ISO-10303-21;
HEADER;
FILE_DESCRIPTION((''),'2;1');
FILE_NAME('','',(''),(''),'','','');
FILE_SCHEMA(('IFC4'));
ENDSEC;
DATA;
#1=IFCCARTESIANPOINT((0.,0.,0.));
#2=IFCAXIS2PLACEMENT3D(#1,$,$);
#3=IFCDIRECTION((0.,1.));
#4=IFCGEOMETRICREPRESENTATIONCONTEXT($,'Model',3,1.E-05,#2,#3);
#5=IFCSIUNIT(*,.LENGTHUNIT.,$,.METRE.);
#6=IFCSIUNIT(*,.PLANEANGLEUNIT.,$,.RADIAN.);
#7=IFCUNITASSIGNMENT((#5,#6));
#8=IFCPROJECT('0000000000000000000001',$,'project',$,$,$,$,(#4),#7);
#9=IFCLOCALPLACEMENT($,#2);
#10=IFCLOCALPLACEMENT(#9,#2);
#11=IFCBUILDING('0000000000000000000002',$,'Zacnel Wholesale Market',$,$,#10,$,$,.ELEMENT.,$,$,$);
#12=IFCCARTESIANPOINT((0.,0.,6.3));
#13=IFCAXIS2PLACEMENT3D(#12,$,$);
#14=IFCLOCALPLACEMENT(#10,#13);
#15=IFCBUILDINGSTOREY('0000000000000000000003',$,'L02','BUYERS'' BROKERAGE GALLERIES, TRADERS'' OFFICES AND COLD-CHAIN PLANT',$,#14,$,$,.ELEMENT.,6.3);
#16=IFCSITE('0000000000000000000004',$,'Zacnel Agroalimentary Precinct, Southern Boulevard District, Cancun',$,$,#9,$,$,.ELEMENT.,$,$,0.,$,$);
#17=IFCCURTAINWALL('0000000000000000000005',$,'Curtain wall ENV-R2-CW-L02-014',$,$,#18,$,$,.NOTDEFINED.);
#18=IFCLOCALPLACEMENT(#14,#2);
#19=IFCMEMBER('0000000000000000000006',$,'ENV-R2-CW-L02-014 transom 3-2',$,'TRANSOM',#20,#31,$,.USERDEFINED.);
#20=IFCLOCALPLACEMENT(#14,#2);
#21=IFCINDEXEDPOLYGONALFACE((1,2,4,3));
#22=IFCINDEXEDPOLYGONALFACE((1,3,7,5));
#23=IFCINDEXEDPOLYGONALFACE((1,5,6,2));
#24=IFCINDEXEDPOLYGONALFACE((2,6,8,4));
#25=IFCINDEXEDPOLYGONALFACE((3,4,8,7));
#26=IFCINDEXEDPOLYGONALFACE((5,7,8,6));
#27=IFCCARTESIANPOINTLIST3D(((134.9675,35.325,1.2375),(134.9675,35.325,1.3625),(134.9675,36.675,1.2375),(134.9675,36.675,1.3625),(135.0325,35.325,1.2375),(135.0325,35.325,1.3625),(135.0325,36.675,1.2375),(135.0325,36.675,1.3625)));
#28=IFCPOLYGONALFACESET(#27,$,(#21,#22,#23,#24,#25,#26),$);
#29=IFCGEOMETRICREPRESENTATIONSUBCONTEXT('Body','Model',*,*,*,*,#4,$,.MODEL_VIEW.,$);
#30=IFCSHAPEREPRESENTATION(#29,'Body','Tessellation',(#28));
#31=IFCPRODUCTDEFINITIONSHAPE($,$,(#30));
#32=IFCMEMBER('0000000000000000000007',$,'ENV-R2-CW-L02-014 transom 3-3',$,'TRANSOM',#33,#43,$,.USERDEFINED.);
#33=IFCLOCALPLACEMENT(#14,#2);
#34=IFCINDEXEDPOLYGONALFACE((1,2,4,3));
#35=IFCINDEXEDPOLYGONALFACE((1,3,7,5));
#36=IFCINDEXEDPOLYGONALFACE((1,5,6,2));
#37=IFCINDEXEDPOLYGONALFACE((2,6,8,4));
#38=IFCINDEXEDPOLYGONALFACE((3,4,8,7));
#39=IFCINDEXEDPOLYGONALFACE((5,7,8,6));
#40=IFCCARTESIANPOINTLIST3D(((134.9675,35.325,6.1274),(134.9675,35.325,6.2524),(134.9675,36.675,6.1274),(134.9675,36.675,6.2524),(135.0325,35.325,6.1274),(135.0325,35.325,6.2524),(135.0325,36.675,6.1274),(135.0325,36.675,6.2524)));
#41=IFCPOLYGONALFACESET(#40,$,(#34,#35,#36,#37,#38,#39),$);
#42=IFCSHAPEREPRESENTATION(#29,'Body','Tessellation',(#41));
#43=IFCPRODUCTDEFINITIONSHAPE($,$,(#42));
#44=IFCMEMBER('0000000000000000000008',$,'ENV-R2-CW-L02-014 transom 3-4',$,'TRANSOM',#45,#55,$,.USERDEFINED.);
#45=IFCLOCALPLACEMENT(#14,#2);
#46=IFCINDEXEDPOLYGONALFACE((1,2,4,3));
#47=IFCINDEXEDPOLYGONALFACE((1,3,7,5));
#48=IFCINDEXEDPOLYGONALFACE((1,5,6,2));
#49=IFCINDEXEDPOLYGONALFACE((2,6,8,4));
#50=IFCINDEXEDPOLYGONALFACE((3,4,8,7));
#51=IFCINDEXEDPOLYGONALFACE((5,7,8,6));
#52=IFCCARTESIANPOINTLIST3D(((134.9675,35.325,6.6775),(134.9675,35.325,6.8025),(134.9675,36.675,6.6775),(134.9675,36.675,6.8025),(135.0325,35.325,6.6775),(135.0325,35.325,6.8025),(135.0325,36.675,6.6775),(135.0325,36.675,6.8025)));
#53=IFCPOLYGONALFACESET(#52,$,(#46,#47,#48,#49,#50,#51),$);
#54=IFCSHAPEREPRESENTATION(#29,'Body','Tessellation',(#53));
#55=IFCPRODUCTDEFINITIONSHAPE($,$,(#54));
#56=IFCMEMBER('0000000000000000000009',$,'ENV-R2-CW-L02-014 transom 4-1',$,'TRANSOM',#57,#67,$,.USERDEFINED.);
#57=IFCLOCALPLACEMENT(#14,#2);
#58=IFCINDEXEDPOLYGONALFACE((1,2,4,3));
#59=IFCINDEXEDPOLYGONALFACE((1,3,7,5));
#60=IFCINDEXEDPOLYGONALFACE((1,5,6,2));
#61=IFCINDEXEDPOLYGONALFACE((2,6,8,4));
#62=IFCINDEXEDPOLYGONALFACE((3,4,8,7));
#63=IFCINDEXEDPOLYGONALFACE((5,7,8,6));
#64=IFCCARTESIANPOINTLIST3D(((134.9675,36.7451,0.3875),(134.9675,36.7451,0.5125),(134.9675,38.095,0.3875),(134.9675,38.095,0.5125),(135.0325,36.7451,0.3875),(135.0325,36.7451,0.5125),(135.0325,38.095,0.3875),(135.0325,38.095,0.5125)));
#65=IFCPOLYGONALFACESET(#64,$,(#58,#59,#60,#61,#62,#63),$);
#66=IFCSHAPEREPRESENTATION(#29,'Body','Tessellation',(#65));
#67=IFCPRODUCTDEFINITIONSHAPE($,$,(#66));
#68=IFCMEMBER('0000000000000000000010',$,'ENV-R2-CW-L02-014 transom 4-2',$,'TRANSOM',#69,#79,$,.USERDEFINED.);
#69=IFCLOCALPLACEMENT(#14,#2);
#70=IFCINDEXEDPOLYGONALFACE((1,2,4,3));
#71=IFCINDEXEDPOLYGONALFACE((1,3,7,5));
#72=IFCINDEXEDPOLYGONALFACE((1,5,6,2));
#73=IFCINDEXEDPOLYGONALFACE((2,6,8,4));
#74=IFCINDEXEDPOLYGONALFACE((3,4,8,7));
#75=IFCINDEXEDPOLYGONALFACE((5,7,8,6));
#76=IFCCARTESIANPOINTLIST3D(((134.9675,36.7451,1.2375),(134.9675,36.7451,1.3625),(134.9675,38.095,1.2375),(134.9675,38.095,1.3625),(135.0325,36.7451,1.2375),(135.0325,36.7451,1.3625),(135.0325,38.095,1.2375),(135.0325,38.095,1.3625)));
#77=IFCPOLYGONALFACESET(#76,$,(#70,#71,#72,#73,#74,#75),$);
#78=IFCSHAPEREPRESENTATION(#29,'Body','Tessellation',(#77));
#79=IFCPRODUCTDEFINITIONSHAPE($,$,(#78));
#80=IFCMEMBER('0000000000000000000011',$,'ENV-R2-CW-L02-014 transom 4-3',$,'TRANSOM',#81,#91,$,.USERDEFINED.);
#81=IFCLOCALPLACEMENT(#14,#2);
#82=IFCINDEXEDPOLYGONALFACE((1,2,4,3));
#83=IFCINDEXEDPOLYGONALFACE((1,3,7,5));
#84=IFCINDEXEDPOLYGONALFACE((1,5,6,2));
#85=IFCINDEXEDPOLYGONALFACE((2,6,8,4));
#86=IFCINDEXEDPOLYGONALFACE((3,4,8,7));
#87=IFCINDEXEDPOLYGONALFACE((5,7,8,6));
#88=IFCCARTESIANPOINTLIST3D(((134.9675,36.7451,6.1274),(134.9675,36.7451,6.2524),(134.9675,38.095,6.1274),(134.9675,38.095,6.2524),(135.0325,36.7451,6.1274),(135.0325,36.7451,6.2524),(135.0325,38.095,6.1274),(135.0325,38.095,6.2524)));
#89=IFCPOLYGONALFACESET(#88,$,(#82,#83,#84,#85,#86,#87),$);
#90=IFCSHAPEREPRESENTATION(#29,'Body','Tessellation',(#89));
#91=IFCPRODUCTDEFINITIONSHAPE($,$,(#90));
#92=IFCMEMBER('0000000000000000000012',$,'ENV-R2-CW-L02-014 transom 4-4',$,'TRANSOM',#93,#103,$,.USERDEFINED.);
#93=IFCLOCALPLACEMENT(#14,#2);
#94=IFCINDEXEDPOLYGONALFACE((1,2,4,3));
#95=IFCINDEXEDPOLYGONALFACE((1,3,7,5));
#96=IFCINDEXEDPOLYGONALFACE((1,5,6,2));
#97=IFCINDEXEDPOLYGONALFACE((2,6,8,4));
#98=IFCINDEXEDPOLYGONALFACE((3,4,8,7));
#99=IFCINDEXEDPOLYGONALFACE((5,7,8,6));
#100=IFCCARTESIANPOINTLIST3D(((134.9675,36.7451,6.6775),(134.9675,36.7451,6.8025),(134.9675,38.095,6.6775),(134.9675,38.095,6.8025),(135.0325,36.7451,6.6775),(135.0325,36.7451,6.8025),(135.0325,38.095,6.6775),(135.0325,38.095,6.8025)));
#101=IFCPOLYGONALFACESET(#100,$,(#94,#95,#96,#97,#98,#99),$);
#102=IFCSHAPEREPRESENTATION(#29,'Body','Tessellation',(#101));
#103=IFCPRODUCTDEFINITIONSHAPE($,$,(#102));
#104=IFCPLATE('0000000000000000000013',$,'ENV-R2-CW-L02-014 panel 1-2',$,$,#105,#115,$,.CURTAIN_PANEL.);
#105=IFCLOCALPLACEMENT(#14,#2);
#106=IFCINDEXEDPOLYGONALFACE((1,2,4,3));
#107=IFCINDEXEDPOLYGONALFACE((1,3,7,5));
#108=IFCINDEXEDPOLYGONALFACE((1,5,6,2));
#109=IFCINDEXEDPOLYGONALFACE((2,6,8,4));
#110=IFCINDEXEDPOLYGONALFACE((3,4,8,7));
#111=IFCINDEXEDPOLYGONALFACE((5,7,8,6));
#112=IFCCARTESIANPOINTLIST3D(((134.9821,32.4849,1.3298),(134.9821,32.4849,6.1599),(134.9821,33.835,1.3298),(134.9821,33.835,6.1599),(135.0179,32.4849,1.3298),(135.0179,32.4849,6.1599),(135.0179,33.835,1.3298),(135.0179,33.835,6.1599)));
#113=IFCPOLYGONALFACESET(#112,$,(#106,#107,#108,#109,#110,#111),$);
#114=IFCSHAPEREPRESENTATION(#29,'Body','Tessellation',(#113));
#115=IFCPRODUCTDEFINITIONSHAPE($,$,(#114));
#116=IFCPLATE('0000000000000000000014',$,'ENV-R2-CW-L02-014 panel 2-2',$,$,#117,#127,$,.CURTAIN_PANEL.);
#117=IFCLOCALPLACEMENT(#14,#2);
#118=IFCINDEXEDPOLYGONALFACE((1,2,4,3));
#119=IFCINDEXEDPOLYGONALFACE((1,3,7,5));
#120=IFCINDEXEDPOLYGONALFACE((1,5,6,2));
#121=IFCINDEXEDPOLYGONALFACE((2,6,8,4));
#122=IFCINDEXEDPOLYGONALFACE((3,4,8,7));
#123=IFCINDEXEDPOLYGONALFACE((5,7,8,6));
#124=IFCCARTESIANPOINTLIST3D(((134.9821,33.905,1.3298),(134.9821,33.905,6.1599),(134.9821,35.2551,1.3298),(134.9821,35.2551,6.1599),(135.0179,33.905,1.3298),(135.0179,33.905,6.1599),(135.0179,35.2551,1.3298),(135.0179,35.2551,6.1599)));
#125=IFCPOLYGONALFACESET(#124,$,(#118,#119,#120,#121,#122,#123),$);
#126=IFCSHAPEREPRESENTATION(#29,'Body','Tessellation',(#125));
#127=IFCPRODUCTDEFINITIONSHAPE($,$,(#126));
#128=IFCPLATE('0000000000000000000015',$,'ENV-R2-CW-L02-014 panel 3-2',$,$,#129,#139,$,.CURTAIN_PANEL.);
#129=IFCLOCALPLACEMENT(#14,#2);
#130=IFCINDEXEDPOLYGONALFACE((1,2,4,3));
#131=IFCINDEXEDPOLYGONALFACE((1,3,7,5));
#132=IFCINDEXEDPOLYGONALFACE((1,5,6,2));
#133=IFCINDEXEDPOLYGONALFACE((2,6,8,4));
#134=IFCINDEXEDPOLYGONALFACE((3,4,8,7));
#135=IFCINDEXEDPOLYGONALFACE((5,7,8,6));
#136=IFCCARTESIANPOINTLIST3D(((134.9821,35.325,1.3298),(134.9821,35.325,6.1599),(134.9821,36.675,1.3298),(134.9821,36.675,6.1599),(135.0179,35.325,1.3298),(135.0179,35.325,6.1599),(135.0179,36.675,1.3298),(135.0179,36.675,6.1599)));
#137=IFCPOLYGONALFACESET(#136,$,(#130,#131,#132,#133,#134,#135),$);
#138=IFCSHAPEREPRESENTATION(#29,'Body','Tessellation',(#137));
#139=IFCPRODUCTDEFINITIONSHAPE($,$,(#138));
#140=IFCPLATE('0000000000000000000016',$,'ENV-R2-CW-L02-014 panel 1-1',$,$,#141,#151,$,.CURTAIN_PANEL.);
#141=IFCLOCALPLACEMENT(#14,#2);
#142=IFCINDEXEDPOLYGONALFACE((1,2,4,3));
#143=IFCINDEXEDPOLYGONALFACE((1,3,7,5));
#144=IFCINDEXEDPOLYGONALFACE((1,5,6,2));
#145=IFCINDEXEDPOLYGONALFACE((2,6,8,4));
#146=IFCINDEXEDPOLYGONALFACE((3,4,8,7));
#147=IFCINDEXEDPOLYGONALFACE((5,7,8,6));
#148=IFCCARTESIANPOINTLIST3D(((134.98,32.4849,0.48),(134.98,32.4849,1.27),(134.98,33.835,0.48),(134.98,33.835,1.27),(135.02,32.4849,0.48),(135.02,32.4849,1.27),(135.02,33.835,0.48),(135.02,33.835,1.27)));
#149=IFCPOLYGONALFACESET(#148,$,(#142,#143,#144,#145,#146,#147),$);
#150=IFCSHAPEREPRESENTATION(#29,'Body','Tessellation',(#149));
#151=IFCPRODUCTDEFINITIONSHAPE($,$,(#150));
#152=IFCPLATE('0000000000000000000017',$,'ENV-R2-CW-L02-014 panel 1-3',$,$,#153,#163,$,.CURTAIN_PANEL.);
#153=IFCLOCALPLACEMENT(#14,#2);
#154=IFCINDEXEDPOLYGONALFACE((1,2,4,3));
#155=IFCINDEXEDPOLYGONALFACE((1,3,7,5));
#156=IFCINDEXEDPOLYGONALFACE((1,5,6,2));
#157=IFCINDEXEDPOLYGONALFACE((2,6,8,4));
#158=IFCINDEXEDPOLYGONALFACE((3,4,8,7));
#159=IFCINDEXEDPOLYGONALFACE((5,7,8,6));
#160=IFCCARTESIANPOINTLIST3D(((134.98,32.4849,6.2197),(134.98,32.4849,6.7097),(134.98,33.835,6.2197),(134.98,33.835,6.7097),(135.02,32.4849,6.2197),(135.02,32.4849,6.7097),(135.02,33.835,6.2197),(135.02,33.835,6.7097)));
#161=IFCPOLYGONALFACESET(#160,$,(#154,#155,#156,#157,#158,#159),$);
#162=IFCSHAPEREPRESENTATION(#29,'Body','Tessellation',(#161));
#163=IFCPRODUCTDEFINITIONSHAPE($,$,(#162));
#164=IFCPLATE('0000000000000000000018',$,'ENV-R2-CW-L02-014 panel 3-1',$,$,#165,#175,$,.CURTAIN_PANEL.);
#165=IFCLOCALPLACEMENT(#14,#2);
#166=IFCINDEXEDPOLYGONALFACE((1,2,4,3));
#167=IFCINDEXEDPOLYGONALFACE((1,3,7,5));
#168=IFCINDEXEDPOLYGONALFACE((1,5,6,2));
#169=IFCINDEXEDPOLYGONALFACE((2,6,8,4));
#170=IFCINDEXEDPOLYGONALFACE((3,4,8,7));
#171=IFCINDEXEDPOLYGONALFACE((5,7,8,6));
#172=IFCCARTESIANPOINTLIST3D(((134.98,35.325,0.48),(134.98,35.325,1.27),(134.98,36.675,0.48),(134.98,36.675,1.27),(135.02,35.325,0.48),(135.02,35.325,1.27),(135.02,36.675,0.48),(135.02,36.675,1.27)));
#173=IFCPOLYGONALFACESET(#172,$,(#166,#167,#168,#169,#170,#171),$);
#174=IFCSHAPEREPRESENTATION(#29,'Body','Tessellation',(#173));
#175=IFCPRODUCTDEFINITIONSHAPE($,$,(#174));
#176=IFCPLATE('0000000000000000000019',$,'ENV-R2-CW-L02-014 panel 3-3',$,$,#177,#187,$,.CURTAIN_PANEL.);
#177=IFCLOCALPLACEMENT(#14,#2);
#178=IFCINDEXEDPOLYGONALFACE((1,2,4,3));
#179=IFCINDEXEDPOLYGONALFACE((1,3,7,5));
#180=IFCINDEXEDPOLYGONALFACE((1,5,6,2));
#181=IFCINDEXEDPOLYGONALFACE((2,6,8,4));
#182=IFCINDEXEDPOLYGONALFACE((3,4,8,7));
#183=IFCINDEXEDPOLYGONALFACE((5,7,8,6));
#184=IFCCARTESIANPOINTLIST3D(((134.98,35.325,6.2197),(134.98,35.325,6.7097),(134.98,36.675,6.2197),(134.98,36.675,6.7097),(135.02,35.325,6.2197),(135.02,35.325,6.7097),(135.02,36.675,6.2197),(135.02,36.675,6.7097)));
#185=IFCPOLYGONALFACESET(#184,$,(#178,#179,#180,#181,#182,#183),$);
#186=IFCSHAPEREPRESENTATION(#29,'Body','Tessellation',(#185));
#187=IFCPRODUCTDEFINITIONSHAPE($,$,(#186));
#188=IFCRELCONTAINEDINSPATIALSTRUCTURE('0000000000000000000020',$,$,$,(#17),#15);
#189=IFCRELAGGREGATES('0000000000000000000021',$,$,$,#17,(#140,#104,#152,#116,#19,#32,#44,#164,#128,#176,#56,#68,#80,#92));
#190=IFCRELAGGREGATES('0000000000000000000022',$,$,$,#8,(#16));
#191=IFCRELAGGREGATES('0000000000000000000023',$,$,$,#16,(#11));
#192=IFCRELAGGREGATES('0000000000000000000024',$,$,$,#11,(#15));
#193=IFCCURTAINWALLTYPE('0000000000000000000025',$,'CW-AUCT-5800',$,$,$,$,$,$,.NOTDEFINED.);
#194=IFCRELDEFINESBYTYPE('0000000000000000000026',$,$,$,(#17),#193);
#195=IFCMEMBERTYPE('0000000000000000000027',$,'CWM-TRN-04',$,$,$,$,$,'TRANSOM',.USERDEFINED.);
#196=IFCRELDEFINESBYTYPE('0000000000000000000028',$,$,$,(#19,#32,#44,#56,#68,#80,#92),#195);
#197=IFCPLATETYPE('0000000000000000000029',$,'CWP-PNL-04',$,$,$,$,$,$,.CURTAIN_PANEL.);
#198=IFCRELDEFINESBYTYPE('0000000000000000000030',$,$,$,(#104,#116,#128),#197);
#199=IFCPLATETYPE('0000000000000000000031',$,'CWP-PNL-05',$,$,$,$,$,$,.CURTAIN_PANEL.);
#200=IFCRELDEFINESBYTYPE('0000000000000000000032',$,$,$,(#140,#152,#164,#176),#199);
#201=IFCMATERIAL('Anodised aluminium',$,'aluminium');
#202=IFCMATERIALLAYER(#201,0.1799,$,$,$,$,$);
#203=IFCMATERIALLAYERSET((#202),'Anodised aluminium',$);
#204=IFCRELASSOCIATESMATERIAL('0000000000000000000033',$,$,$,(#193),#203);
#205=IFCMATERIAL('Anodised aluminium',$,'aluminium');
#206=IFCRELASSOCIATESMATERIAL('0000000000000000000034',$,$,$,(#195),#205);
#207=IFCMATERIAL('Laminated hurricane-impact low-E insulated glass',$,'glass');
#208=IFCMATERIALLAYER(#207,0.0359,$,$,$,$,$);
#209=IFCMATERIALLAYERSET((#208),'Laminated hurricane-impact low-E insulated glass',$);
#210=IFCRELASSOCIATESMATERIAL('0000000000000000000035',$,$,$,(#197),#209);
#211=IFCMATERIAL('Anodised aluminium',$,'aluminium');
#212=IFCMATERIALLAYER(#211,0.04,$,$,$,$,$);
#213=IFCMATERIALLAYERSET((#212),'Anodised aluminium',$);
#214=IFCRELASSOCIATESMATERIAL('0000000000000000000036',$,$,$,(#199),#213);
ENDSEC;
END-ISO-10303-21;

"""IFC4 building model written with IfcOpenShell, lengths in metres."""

from ifc_helpers import new_model, si_unit, direction, frame, origin, origin_2d, place, context, subcontext, project, spatial, rectangle, extrude, material, layer, layer_set, material_profile, profile_set, type_object, element, aggregate, save


model = new_model("IFC4")

# Units and contexts
model_context = context("Model", 3, precision=1e-05, world=origin(), true_north=direction((0.0, 1.0)))
body_context = subcontext(model_context, "Body", "Model", "MODEL_VIEW")
ifc_project = project(units=[si_unit("LENGTHUNIT", "METRE"), si_unit("PLANEANGLEUNIT", "RADIAN")], contexts=[model_context])

# Site, building, storey
site_placement = place(None, origin())
site = spatial("IfcSite", under=ifc_project, at=site_placement, Name="Zacnel Agroalimentary Precinct, Southern Boulevard District, Cancun", CompositionType="ELEMENT", RefElevation=0.0)
building_placement = place(site_placement, origin())
building = spatial("IfcBuilding", under=site, at=building_placement, Name="Zacnel Wholesale Market", CompositionType="ELEMENT")
storey_placement = place(building_placement, frame((0.0, 0.0, 6.3)))
storey = spatial("IfcBuildingStorey", under=building, at=storey_placement, Name="L02", Description="BUYERS' BROKERAGE GALLERIES, TRADERS' OFFICES AND COLD-CHAIN PLANT", CompositionType="ELEMENT", Elevation=6.3)

# Curtain wall, members, plates
ifc_material_1 = material(Name="Anodised aluminium", Category="aluminium")
ifc_layer_1 = layer(ifc_material_1, 0.1799)
ifc_layer_set_1 = layer_set([ifc_layer_1], Name="Anodised aluminium")
curtain_wall_type = type_object("IfcCurtainWallType", Name="CW-AUCT-5800", PredefinedType="NOTDEFINED", material=ifc_layer_set_1)
curtain_wall_placement = place(storey_placement, origin())
curtain_wall = element("IfcCurtainWall", 1, at=curtain_wall_placement, inside=storey, type_object=curtain_wall_type, Name="Curtain wall ENV-R2-CW-L02-014", PredefinedType="NOTDEFINED")
ifc_material_2 = material(Name="Anodised aluminium", Category="aluminium")
ifc_material_profile_1 = material_profile(ifc_material_2, rectangle(XDim=0.0649, YDim=0.125, at=origin_2d()), Name="AW-TRANSOM 65x125")
ifc_profile_set_1 = profile_set([ifc_material_profile_1], Name="Anodised aluminium")
member_type_1 = type_object("IfcMemberType", Name="CWM-TRN-04", ElementType="TRANSOM", PredefinedType="USERDEFINED", material=ifc_profile_set_1)
member_1_placement = place(storey_placement, frame((135.0, 35.325, 1.3), z_axis=(0.0, 1.0, 0.0), x_axis=(-1.0, 0.0, 0.0)))
member_1 = element("IfcMember", 2, at=member_1_placement, type_object=member_type_1, Name="ENV-R2-CW-L02-014 transom 3-2", ObjectType="TRANSOM", PredefinedType="USERDEFINED", context=body_context, shape_type="SweptSolid", body=[
    extrude(rectangle(XDim=0.0649, YDim=0.125, at=origin_2d()), origin(), (0.0, 0.0, 1.0), 1.3501),
])
member_2_placement = place(storey_placement, frame((135.0, 35.325, 6.1899), z_axis=(0.0, 1.0, 0.0), x_axis=(-1.0, 0.0, 0.0)))
member_2 = element("IfcMember", 3, at=member_2_placement, type_object=member_type_1, Name="ENV-R2-CW-L02-014 transom 3-3", ObjectType="TRANSOM", PredefinedType="USERDEFINED", context=body_context, shape_type="SweptSolid", body=[
    extrude(rectangle(XDim=0.0649, YDim=0.125, at=origin_2d()), origin(), (0.0, 0.0, 1.0), 1.3501),
])
member_3_placement = place(storey_placement, frame((135.0, 35.325, 6.74), z_axis=(0.0, 1.0, 0.0), x_axis=(-1.0, 0.0, 0.0)))
member_3 = element("IfcMember", 4, at=member_3_placement, type_object=member_type_1, Name="ENV-R2-CW-L02-014 transom 3-4", ObjectType="TRANSOM", PredefinedType="USERDEFINED", context=body_context, shape_type="SweptSolid", body=[
    extrude(rectangle(XDim=0.0649, YDim=0.125, at=origin_2d()), origin(), (0.0, 0.0, 1.0), 1.3501),
])
member_4_placement = place(storey_placement, frame((135.0, 36.7451, 0.45), z_axis=(0.0, 1.0, 0.0), x_axis=(-1.0, 0.0, 0.0)))
member_4 = element("IfcMember", 5, at=member_4_placement, type_object=member_type_1, Name="ENV-R2-CW-L02-014 transom 4-1", ObjectType="TRANSOM", PredefinedType="USERDEFINED", context=body_context, shape_type="SweptSolid", body=[
    extrude(rectangle(XDim=0.0649, YDim=0.125, at=origin_2d()), origin(), (0.0, 0.0, 1.0), 1.3499),
])
member_5_placement = place(storey_placement, frame((135.0, 36.7451, 1.3), z_axis=(0.0, 1.0, 0.0), x_axis=(-1.0, 0.0, 0.0)))
member_5 = element("IfcMember", 6, at=member_5_placement, type_object=member_type_1, Name="ENV-R2-CW-L02-014 transom 4-2", ObjectType="TRANSOM", PredefinedType="USERDEFINED", context=body_context, shape_type="SweptSolid", body=[
    extrude(rectangle(XDim=0.0649, YDim=0.125, at=origin_2d()), origin(), (0.0, 0.0, 1.0), 1.3499),
])
member_6_placement = place(storey_placement, frame((135.0, 36.7451, 6.1899), z_axis=(0.0, 1.0, 0.0), x_axis=(-1.0, 0.0, 0.0)))
member_6 = element("IfcMember", 7, at=member_6_placement, type_object=member_type_1, Name="ENV-R2-CW-L02-014 transom 4-3", ObjectType="TRANSOM", PredefinedType="USERDEFINED", context=body_context, shape_type="SweptSolid", body=[
    extrude(rectangle(XDim=0.0649, YDim=0.125, at=origin_2d()), origin(), (0.0, 0.0, 1.0), 1.3499),
])
member_7_placement = place(storey_placement, frame((135.0, 36.7451, 6.74), z_axis=(0.0, 1.0, 0.0), x_axis=(-1.0, 0.0, 0.0)))
member_7 = element("IfcMember", 8, at=member_7_placement, type_object=member_type_1, Name="ENV-R2-CW-L02-014 transom 4-4", ObjectType="TRANSOM", PredefinedType="USERDEFINED", context=body_context, shape_type="SweptSolid", body=[
    extrude(rectangle(XDim=0.0649, YDim=0.125, at=origin_2d()), origin(), (0.0, 0.0, 1.0), 1.3499),
])
ifc_material_3 = material(Name="Laminated hurricane-impact low-E insulated glass", Category="glass")
ifc_layer_2 = layer(ifc_material_3, 0.0359)
ifc_layer_set_2 = layer_set([ifc_layer_2], Name="Laminated hurricane-impact low-E insulated glass")
plate_type_1 = type_object("IfcPlateType", Name="CWP-PNL-04", PredefinedType="CURTAIN_PANEL", material=ifc_layer_set_2)
plate_1_placement = place(storey_placement, frame((135.0, 33.1599, 1.3298), z_axis=(0.0, 0.0, 1.0), x_axis=(0.0, 1.0, 0.0)))
plate_1 = element("IfcPlate", 9, at=plate_1_placement, type_object=plate_type_1, Name="ENV-R2-CW-L02-014 panel 1-2", PredefinedType="CURTAIN_PANEL", context=body_context, shape_type="SweptSolid", body=[
    extrude(rectangle(XDim=1.3501, YDim=0.0359, at=origin_2d()), origin(), (0.0, 0.0, 1.0), 4.8301),
])
plate_2_placement = place(storey_placement, frame((135.0, 34.5801, 1.3298), z_axis=(0.0, 0.0, 1.0), x_axis=(0.0, 1.0, 0.0)))
plate_2 = element("IfcPlate", 10, at=plate_2_placement, type_object=plate_type_1, Name="ENV-R2-CW-L02-014 panel 2-2", PredefinedType="CURTAIN_PANEL", context=body_context, shape_type="SweptSolid", body=[
    extrude(rectangle(XDim=1.3501, YDim=0.0359, at=origin_2d()), origin(), (0.0, 0.0, 1.0), 4.8301),
])
plate_3_placement = place(storey_placement, frame((135.0, 36.0, 1.3298), z_axis=(0.0, 0.0, 1.0), x_axis=(0.0, 1.0, 0.0)))
plate_3 = element("IfcPlate", 11, at=plate_3_placement, type_object=plate_type_1, Name="ENV-R2-CW-L02-014 panel 3-2", PredefinedType="CURTAIN_PANEL", context=body_context, shape_type="SweptSolid", body=[
    extrude(rectangle(XDim=1.3501, YDim=0.0359, at=origin_2d()), origin(), (0.0, 0.0, 1.0), 4.8301),
])
ifc_material_4 = material(Name="Anodised aluminium", Category="aluminium")
ifc_layer_3 = layer(ifc_material_4, 0.04)
ifc_layer_set_3 = layer_set([ifc_layer_3], Name="Anodised aluminium")
plate_type_2 = type_object("IfcPlateType", Name="CWP-PNL-05", PredefinedType="CURTAIN_PANEL", material=ifc_layer_set_3)
plate_4_placement = place(storey_placement, frame((135.0, 33.1599, 0.48), z_axis=(0.0, 0.0, 1.0), x_axis=(0.0, 1.0, 0.0)))
plate_4 = element("IfcPlate", 12, at=plate_4_placement, type_object=plate_type_2, Name="ENV-R2-CW-L02-014 panel 1-1", PredefinedType="CURTAIN_PANEL", context=body_context, shape_type="SweptSolid", body=[
    extrude(rectangle(XDim=1.3501, YDim=0.04, at=origin_2d()), origin(), (0.0, 0.0, 1.0), 0.79),
])
plate_5_placement = place(storey_placement, frame((135.0, 33.1599, 6.2197), z_axis=(0.0, 0.0, 1.0), x_axis=(0.0, 1.0, 0.0)))
plate_5 = element("IfcPlate", 13, at=plate_5_placement, type_object=plate_type_2, Name="ENV-R2-CW-L02-014 panel 1-3", PredefinedType="CURTAIN_PANEL", context=body_context, shape_type="SweptSolid", body=[
    extrude(rectangle(XDim=1.3501, YDim=0.04, at=origin_2d()), origin(), (0.0, 0.0, 1.0), 0.49),
])
plate_6_placement = place(storey_placement, frame((135.0, 36.0, 0.48), z_axis=(0.0, 0.0, 1.0), x_axis=(0.0, 1.0, 0.0)))
plate_6 = element("IfcPlate", 14, at=plate_6_placement, type_object=plate_type_2, Name="ENV-R2-CW-L02-014 panel 3-1", PredefinedType="CURTAIN_PANEL", context=body_context, shape_type="SweptSolid", body=[
    extrude(rectangle(XDim=1.3501, YDim=0.04, at=origin_2d()), origin(), (0.0, 0.0, 1.0), 0.79),
])
plate_7_placement = place(storey_placement, frame((135.0, 36.0, 6.2197), z_axis=(0.0, 0.0, 1.0), x_axis=(0.0, 1.0, 0.0)))
plate_7 = element("IfcPlate", 15, at=plate_7_placement, type_object=plate_type_2, Name="ENV-R2-CW-L02-014 panel 3-3", PredefinedType="CURTAIN_PANEL", context=body_context, shape_type="SweptSolid", body=[
    extrude(rectangle(XDim=1.3501, YDim=0.04, at=origin_2d()), origin(), (0.0, 0.0, 1.0), 0.49),
])
aggregate(curtain_wall, [plate_4, plate_1, plate_5, plate_2, member_1, member_2, member_3, plate_6, plate_3, plate_7, member_4, member_5, member_6, member_7])

save(model, "model.ifc")
